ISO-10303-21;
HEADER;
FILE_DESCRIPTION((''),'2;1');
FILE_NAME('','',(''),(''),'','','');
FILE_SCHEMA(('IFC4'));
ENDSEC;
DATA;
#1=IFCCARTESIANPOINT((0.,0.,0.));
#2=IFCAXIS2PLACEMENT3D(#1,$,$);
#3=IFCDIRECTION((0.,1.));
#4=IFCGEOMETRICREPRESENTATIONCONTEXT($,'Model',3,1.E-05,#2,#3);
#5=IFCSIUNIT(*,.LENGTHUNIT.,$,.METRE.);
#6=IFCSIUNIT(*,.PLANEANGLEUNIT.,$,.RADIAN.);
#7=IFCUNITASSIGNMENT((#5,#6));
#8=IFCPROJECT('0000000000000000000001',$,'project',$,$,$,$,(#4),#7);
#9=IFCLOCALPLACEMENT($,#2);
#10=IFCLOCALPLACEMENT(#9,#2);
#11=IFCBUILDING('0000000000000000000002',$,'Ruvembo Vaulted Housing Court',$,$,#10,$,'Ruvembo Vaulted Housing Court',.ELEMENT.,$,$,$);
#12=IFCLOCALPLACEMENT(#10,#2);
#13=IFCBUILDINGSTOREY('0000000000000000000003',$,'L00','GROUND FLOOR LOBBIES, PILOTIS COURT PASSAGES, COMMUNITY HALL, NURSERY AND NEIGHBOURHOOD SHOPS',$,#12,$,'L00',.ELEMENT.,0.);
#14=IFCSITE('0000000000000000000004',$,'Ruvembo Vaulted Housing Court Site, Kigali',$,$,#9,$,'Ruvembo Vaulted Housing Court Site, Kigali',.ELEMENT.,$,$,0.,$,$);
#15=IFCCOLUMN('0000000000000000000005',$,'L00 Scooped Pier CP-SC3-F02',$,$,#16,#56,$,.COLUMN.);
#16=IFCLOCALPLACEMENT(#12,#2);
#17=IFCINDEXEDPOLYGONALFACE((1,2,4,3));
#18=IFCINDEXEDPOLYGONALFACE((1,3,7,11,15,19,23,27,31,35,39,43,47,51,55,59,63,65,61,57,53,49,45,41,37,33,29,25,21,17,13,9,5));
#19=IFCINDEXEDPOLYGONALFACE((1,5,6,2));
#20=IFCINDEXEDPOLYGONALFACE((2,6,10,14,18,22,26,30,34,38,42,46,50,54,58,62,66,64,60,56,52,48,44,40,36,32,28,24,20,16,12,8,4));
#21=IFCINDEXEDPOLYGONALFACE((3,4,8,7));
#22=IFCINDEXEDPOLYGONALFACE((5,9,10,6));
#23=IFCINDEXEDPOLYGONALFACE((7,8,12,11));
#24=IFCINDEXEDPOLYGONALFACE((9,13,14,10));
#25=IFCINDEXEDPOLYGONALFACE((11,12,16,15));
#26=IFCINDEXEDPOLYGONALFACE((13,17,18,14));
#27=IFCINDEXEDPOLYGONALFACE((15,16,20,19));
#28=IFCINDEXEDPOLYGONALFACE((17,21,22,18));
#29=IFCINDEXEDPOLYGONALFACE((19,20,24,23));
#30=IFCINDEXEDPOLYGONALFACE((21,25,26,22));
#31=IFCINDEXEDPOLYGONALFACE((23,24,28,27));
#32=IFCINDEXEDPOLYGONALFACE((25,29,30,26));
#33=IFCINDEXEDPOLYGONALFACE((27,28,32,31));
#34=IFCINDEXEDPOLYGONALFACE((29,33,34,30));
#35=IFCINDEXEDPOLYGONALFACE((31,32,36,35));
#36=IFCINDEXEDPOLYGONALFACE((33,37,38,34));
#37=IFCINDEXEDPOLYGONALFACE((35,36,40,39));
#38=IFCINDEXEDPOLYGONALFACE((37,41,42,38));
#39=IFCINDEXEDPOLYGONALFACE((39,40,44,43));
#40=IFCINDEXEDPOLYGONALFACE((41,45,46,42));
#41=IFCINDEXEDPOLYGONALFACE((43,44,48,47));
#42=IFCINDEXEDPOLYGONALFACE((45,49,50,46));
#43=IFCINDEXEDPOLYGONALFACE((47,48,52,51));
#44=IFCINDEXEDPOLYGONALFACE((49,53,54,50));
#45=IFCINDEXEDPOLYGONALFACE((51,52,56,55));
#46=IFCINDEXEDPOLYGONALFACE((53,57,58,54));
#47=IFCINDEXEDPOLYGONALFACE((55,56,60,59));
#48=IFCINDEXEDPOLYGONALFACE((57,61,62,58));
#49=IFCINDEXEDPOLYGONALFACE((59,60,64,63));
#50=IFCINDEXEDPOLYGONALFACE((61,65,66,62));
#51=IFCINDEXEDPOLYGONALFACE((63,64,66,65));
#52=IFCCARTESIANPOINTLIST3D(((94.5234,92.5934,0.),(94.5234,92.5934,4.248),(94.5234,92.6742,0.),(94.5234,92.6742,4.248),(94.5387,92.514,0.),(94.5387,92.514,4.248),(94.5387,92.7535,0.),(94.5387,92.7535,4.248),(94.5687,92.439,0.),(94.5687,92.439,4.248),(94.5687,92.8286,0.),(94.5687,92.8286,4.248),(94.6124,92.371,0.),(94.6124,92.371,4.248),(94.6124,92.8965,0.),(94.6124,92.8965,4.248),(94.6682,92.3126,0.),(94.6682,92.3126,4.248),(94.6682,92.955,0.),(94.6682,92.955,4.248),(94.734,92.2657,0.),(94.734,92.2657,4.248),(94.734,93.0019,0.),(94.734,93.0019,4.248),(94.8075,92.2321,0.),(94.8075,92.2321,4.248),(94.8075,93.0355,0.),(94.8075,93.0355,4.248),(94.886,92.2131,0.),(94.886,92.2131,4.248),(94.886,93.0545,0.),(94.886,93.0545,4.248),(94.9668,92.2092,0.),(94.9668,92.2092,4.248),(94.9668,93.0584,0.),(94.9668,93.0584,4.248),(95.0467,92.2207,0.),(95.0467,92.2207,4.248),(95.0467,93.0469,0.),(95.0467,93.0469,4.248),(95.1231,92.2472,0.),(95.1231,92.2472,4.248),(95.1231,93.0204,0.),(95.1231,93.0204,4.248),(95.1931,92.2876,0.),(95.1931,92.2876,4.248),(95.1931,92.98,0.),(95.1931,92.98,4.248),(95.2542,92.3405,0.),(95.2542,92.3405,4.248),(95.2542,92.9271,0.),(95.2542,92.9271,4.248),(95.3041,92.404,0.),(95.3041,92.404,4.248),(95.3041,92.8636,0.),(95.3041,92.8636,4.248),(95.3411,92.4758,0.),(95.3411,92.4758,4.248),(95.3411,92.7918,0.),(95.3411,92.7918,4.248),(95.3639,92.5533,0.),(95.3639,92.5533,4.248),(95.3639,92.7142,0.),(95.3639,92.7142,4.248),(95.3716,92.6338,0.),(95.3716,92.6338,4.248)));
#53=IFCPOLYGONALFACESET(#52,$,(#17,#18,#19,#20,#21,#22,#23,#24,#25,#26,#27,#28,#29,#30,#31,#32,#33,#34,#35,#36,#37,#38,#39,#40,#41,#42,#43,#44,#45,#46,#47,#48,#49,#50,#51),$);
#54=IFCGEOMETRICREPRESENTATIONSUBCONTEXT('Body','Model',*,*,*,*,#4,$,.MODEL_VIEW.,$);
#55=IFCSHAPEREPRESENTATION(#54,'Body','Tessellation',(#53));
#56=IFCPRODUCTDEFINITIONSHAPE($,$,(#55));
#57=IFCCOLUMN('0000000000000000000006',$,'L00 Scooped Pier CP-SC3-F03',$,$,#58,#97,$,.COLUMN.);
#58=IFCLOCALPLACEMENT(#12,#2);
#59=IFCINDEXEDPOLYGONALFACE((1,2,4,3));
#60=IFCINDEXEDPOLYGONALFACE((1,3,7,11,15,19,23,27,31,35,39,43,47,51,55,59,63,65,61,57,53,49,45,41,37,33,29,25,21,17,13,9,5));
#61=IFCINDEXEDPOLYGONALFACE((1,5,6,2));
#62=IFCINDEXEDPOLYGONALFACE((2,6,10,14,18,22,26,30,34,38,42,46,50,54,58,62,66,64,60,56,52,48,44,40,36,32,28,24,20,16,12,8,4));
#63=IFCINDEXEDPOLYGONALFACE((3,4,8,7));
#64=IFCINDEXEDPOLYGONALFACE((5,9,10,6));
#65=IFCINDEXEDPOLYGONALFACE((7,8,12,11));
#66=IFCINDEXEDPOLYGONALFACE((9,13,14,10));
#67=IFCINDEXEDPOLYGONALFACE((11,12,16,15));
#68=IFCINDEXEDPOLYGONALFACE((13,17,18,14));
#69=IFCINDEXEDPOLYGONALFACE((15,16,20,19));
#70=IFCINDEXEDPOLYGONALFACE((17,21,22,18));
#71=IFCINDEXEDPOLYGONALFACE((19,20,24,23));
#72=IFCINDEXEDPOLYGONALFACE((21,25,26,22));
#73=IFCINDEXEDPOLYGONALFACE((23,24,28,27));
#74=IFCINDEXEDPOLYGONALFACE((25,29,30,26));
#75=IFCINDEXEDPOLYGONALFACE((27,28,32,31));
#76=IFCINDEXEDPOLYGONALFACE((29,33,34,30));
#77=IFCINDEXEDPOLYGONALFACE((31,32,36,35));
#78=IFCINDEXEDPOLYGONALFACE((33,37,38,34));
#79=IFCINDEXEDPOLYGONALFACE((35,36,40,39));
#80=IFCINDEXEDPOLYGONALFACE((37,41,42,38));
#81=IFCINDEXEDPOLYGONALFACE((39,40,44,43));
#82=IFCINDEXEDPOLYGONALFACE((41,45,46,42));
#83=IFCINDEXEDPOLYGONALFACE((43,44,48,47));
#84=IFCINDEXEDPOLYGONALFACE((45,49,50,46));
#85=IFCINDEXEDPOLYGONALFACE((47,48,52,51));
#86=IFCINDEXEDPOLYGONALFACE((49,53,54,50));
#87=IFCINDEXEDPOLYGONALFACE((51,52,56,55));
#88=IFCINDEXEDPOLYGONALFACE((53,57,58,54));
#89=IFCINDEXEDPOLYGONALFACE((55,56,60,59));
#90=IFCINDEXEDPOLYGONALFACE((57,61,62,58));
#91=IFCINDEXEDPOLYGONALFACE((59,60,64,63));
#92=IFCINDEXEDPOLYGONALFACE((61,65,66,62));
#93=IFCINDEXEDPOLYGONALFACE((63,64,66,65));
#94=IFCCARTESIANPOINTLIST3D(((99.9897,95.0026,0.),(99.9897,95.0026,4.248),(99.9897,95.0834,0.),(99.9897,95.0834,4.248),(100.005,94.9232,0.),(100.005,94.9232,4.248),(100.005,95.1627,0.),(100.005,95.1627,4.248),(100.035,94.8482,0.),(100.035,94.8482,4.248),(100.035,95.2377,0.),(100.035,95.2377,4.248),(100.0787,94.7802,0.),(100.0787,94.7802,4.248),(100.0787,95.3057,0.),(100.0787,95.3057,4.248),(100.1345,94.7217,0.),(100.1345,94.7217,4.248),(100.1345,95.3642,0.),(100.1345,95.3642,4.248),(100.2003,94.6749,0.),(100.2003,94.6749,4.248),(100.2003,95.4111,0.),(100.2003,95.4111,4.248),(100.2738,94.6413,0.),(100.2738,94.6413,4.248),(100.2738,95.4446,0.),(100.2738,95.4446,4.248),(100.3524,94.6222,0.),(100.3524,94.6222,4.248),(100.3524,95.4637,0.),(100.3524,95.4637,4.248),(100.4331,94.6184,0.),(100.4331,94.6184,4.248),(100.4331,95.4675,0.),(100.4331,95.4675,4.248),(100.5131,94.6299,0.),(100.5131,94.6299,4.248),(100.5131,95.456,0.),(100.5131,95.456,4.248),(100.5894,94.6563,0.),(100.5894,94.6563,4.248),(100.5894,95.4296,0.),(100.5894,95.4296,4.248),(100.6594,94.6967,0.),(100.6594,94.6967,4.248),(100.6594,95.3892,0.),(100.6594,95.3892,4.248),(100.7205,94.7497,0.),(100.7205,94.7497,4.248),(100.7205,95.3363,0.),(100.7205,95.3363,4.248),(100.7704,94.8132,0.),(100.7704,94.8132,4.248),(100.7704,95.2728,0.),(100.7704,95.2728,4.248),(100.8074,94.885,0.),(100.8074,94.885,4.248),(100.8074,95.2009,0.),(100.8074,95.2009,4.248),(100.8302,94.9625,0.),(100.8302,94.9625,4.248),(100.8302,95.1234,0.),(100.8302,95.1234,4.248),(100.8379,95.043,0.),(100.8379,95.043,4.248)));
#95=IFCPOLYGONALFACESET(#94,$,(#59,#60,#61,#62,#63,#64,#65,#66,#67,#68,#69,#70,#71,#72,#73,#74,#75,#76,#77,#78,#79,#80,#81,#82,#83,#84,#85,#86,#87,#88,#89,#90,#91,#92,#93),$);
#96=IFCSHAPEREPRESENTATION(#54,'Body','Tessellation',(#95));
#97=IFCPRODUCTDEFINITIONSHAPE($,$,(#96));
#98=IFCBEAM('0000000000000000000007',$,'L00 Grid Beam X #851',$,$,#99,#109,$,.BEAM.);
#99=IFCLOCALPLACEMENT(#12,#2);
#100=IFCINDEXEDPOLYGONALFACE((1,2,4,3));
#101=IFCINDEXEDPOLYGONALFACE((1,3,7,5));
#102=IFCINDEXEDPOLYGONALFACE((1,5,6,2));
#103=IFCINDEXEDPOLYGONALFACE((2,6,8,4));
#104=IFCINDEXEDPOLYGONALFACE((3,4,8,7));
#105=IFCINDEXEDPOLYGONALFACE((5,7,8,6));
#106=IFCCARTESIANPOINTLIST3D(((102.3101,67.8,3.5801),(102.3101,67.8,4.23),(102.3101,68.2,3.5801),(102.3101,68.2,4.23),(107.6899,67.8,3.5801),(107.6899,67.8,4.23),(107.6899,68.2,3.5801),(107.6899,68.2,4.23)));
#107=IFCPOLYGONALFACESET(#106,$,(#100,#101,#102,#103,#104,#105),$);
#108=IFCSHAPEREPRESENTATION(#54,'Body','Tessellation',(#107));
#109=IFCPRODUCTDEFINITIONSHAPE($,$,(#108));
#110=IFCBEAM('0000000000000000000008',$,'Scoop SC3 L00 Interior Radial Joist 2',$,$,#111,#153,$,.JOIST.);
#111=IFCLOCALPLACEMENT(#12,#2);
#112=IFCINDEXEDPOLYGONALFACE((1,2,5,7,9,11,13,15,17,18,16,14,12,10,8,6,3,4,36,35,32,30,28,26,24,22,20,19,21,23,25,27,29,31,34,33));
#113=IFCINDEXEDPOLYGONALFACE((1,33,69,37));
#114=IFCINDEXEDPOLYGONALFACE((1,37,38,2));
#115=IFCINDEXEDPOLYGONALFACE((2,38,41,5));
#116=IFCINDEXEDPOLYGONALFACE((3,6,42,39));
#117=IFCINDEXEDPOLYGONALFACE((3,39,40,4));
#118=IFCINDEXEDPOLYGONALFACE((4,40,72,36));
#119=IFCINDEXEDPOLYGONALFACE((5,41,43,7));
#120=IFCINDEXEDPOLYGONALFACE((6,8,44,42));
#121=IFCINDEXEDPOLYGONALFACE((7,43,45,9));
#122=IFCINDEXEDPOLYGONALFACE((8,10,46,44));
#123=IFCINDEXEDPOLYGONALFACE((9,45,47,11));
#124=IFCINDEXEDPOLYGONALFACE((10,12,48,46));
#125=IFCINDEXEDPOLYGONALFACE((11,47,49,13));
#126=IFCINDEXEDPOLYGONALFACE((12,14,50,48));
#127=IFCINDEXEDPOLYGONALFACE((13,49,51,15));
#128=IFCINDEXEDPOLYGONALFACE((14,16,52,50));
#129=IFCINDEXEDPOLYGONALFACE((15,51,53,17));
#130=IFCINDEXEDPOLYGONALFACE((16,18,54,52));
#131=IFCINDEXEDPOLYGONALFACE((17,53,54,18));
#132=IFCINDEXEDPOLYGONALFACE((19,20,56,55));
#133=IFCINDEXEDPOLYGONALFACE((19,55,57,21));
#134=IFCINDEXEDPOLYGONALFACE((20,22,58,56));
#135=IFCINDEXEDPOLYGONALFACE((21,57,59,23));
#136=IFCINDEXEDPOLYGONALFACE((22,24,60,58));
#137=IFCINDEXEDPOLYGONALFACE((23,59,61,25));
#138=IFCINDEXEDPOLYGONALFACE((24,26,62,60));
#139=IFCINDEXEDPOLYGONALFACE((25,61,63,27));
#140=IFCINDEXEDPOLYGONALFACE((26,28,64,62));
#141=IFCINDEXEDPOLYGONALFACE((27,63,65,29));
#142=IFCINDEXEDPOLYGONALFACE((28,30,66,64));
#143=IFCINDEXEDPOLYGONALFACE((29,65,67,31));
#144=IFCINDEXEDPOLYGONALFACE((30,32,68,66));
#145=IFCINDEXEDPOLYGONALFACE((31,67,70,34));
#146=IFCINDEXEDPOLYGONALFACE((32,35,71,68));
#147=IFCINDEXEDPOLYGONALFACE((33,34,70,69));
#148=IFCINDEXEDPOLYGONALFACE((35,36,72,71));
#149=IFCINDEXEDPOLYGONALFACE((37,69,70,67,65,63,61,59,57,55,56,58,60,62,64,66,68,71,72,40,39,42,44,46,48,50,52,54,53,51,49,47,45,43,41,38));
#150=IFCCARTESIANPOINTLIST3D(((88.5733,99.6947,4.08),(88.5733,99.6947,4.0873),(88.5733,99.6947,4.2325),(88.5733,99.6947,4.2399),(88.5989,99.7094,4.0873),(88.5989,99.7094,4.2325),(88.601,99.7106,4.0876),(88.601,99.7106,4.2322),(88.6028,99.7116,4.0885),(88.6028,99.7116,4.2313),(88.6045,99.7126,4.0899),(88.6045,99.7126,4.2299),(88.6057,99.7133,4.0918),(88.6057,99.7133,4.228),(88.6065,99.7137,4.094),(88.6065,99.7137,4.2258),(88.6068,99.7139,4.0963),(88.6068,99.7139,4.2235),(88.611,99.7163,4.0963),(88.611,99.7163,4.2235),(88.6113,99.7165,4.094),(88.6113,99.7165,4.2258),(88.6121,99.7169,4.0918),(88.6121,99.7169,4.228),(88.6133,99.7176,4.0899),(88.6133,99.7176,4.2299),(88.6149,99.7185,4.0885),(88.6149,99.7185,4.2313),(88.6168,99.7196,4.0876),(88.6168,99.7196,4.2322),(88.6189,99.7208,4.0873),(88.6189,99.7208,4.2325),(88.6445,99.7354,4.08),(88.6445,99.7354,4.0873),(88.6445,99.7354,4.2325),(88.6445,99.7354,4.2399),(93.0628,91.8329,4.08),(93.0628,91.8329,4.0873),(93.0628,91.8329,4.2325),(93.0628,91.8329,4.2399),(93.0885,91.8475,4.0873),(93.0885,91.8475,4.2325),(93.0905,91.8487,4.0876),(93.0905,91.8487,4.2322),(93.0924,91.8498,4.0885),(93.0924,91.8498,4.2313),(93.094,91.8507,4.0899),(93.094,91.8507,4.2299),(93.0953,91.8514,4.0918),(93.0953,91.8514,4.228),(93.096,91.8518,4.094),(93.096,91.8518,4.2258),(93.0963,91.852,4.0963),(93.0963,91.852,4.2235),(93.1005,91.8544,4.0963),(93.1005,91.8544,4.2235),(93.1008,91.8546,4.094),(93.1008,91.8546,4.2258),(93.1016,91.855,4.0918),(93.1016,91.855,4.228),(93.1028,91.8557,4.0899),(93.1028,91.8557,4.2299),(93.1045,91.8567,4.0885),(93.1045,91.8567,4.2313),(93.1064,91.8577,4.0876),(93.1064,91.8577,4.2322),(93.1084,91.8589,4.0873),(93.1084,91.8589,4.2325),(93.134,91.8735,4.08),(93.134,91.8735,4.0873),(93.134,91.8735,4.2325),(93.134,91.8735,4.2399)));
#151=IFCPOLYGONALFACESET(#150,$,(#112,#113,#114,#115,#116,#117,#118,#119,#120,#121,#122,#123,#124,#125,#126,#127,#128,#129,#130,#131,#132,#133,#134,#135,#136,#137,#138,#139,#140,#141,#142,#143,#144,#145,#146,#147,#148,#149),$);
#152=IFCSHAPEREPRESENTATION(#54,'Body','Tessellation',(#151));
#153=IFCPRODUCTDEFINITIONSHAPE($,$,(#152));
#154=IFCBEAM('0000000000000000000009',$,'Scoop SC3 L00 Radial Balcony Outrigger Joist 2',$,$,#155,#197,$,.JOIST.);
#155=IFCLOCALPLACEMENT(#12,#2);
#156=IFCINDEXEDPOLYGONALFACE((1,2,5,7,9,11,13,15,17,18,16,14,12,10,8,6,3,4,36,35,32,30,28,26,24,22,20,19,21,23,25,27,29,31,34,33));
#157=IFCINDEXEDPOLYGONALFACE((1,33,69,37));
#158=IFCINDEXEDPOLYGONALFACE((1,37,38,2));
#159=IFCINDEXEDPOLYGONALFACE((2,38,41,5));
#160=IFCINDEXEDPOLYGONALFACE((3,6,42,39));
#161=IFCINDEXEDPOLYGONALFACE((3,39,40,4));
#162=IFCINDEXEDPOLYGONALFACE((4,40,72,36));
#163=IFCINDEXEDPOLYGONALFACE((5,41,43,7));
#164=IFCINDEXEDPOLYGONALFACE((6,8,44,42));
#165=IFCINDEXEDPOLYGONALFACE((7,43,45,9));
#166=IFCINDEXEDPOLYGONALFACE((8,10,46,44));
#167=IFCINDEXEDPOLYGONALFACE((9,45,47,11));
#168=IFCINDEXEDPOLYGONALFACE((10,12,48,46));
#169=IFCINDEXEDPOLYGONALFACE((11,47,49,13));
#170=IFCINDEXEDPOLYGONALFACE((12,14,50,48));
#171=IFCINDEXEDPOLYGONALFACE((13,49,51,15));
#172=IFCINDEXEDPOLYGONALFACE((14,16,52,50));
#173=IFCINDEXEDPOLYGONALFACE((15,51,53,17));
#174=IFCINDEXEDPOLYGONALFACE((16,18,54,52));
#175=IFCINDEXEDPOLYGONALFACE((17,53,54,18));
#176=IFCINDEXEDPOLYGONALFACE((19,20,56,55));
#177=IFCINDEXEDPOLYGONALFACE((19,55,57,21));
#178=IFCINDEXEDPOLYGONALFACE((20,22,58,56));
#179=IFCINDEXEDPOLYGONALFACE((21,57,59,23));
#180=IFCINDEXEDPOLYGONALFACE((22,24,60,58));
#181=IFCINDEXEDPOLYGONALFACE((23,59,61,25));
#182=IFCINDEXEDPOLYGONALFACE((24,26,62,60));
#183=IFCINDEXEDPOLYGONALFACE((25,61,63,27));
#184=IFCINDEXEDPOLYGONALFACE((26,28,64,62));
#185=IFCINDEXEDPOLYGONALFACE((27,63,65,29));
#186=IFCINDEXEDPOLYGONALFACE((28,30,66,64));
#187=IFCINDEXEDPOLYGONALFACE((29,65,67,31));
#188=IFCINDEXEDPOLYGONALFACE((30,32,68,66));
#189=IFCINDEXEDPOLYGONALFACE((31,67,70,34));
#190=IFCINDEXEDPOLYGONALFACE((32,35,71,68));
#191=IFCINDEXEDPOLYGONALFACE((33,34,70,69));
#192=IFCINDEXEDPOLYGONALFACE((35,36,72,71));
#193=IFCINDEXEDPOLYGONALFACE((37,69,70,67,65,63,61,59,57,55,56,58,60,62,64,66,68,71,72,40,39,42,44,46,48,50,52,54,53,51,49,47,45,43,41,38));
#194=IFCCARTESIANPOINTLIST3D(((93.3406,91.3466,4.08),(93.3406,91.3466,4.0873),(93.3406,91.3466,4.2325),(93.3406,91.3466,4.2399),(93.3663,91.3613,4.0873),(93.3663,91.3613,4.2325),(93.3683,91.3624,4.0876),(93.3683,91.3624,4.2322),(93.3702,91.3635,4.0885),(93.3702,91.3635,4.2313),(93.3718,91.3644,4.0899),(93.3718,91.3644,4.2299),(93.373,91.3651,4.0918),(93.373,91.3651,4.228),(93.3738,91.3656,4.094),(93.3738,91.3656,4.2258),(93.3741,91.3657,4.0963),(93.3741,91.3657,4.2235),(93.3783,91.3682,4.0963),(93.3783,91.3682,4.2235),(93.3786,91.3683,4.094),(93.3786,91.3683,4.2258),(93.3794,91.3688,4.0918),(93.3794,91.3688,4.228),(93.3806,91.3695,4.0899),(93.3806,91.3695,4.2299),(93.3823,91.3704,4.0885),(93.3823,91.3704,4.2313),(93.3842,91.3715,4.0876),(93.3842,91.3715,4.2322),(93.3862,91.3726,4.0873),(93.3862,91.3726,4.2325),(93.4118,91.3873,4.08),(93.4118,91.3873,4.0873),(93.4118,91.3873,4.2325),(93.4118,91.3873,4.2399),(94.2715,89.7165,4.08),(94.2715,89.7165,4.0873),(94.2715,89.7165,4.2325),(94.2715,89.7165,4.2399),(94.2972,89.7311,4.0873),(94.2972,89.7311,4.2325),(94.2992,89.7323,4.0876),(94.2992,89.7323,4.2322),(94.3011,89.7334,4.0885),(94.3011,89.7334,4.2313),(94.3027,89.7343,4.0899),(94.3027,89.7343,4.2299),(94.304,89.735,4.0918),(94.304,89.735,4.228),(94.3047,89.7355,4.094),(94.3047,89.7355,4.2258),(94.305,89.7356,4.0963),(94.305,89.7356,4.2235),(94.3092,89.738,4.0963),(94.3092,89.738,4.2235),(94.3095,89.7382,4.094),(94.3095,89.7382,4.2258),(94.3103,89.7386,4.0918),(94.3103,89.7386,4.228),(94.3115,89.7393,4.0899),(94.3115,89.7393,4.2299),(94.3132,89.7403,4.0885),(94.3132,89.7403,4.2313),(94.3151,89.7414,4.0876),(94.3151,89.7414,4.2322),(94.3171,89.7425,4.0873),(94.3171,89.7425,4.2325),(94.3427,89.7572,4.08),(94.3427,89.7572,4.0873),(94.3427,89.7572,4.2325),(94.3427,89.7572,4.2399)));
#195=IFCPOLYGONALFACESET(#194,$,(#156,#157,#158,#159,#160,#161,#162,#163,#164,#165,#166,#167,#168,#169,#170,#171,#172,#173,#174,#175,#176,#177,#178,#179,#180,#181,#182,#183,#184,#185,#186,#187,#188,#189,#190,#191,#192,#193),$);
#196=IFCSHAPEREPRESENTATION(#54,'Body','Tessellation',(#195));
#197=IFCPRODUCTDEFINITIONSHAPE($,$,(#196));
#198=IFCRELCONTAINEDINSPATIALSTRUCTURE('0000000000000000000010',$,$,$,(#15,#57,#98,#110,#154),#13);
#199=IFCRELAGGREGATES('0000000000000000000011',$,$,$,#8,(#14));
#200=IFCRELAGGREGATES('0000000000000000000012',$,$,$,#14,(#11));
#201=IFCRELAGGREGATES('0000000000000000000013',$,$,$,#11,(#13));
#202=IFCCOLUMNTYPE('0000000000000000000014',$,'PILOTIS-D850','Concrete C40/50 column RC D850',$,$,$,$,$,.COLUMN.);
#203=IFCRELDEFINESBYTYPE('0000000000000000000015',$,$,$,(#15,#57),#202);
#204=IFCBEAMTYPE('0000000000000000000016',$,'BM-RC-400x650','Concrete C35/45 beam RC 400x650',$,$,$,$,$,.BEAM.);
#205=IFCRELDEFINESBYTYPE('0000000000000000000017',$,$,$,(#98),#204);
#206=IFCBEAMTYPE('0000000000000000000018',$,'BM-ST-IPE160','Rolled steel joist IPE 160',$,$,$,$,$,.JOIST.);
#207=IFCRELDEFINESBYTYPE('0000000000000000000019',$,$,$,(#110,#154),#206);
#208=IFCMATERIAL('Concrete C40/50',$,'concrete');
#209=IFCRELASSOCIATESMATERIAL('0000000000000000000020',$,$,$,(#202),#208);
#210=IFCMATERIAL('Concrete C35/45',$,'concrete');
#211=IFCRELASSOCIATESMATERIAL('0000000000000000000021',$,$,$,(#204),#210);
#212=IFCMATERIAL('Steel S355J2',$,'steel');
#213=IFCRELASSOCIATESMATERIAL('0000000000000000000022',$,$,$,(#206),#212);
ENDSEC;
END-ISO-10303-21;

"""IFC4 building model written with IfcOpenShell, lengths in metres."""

from ifc_helpers import new_model, si_unit, direction, frame, origin, origin_2d, place, context, subcontext, project, spatial, rectangle, circle, i_section, extrude, material, material_profile, profile_set, type_object, element, save


model = new_model("IFC4")

# Units and contexts
model_context = context("Model", 3, precision=1e-05, world=origin(), true_north=direction((0.0, 1.0)))
body_context = subcontext(model_context, "Body", "Model", "MODEL_VIEW")
ifc_project = project(units=[si_unit("LENGTHUNIT", "METRE"), si_unit("PLANEANGLEUNIT", "RADIAN")], contexts=[model_context])

# Site, building, storey
site_placement = place(None, origin())
site = spatial("IfcSite", under=ifc_project, at=site_placement, Name="Ruvembo Vaulted Housing Court Site, Kigali", LongName="Ruvembo Vaulted Housing Court Site, Kigali", CompositionType="ELEMENT", RefElevation=0.0)
building_placement = place(site_placement, origin())
building = spatial("IfcBuilding", under=site, at=building_placement, Name="Ruvembo Vaulted Housing Court", LongName="Ruvembo Vaulted Housing Court", CompositionType="ELEMENT")
storey_placement = place(building_placement, origin())
storey = spatial("IfcBuildingStorey", under=building, at=storey_placement, Name="L00", Description="GROUND FLOOR LOBBIES, PILOTIS COURT PASSAGES, COMMUNITY HALL, NURSERY AND NEIGHBOURHOOD SHOPS", LongName="L00", CompositionType="ELEMENT", Elevation=0.0)

# Columns
ifc_material_1 = material(Name="Concrete C40/50", Category="concrete")
ifc_material_profile_1 = material_profile(ifc_material_1, circle(Radius=0.425, at=origin_2d()), Name="RC D850")
ifc_profile_set_1 = profile_set([ifc_material_profile_1], Name="Concrete C40/50")
column_type_1 = type_object("IfcColumnType", Name="PILOTIS-D850", Description="Concrete C40/50 column RC D850", PredefinedType="COLUMN", material=ifc_profile_set_1)
for number, where, z_axis, x_axis, name in (
    (1, (94.9465, 92.6338, 0.0), (0.0, 0.0, 1.0), (1.0, 0.0, 0.0), "L00 Scooped Pier CP-SC3-F02"),
    (2, (100.4128, 95.043, 0.0), (0.0, 0.0, 1.0), (1.0, 0.0, 0.0), "L00 Scooped Pier CP-SC3-F03"),
):
    element("IfcColumn", number, at=place(storey_placement, frame(where, z_axis=z_axis, x_axis=x_axis)), inside=storey, type_object=column_type_1, Name=name, PredefinedType="COLUMN", context=body_context, shape_type="SweptSolid", body=[
        extrude(circle(Radius=0.425, at=origin_2d()), origin(), (0.0, 0.0, 1.0), 4.248),
    ])

# Beams
ifc_material_2 = material(Name="Concrete C35/45", Category="concrete")
ifc_material_profile_2 = material_profile(ifc_material_2, rectangle(XDim=0.3999, YDim=0.6499, at=origin_2d()), Name="RC 400x650")
ifc_profile_set_2 = profile_set([ifc_material_profile_2], Name="Concrete C35/45")
beam_type_1 = type_object("IfcBeamType", Name="BM-RC-400x650", Description="Concrete C35/45 beam RC 400x650", PredefinedType="BEAM", material=ifc_profile_set_2)
beam_1_placement = place(storey_placement, frame((102.3101, 68.0, 3.905), z_axis=(1.0, 0.0, 0.0), x_axis=(0.0, 1.0, 0.0)))
element("IfcBeam", 3, at=beam_1_placement, inside=storey, type_object=beam_type_1, Name="L00 Grid Beam X #851", PredefinedType="BEAM", context=body_context, shape_type="SweptSolid", body=[
    extrude(rectangle(XDim=0.3999, YDim=0.6499, at=origin_2d()), origin(), (0.0, 0.0, 1.0), 5.3799),
])
ifc_material_3 = material(Name="Steel S355J2", Category="steel")
ifc_material_profile_3 = material_profile(ifc_material_3, i_section(OverallWidth=0.082, OverallDepth=0.1599, WebThickness=0.0049, FlangeThickness=0.0073, FilletRadius=0.009, at=origin_2d()), Name="IPE 160")
ifc_profile_set_3 = profile_set([ifc_material_profile_3], Name="Steel S355J2")
beam_type_2 = type_object("IfcBeamType", Name="BM-ST-IPE160", Description="Rolled steel joist IPE 160", PredefinedType="JOIST", material=ifc_profile_set_3)
beam_2_placement = place(storey_placement, frame((88.6089, 99.7151, 4.1599), z_axis=(0.495892, -0.868384, 0.0), x_axis=(0.868384, 0.495892, 0.0)))
element("IfcBeam", 4, at=beam_2_placement, inside=storey, type_object=beam_type_2, Name="Scoop SC3 L00 Interior Radial Joist 2", PredefinedType="JOIST", context=body_context, shape_type="SweptSolid", body=[
    extrude(i_section(OverallWidth=0.082, OverallDepth=0.1599, WebThickness=0.0049, FlangeThickness=0.0073, FilletRadius=0.009, at=origin_2d()), origin(), (0.0, 0.0, 1.0), 9.0535),
])
beam_3_placement = place(storey_placement, frame((93.3762, 91.3669, 4.1599), z_axis=(0.495901, -0.868379, 0.0), x_axis=(0.868379, 0.495901, 0.0)))
element("IfcBeam", 5, at=beam_3_placement, inside=storey, type_object=beam_type_2, Name="Scoop SC3 L00 Radial Balcony Outrigger Joist 2", PredefinedType="JOIST", context=body_context, shape_type="SweptSolid", body=[
    extrude(i_section(OverallWidth=0.082, OverallDepth=0.1599, WebThickness=0.0049, FlangeThickness=0.0073, FilletRadius=0.009, at=origin_2d()), origin(), (0.0, 0.0, 1.0), 1.8772),
])

save(model, "model.ifc")
